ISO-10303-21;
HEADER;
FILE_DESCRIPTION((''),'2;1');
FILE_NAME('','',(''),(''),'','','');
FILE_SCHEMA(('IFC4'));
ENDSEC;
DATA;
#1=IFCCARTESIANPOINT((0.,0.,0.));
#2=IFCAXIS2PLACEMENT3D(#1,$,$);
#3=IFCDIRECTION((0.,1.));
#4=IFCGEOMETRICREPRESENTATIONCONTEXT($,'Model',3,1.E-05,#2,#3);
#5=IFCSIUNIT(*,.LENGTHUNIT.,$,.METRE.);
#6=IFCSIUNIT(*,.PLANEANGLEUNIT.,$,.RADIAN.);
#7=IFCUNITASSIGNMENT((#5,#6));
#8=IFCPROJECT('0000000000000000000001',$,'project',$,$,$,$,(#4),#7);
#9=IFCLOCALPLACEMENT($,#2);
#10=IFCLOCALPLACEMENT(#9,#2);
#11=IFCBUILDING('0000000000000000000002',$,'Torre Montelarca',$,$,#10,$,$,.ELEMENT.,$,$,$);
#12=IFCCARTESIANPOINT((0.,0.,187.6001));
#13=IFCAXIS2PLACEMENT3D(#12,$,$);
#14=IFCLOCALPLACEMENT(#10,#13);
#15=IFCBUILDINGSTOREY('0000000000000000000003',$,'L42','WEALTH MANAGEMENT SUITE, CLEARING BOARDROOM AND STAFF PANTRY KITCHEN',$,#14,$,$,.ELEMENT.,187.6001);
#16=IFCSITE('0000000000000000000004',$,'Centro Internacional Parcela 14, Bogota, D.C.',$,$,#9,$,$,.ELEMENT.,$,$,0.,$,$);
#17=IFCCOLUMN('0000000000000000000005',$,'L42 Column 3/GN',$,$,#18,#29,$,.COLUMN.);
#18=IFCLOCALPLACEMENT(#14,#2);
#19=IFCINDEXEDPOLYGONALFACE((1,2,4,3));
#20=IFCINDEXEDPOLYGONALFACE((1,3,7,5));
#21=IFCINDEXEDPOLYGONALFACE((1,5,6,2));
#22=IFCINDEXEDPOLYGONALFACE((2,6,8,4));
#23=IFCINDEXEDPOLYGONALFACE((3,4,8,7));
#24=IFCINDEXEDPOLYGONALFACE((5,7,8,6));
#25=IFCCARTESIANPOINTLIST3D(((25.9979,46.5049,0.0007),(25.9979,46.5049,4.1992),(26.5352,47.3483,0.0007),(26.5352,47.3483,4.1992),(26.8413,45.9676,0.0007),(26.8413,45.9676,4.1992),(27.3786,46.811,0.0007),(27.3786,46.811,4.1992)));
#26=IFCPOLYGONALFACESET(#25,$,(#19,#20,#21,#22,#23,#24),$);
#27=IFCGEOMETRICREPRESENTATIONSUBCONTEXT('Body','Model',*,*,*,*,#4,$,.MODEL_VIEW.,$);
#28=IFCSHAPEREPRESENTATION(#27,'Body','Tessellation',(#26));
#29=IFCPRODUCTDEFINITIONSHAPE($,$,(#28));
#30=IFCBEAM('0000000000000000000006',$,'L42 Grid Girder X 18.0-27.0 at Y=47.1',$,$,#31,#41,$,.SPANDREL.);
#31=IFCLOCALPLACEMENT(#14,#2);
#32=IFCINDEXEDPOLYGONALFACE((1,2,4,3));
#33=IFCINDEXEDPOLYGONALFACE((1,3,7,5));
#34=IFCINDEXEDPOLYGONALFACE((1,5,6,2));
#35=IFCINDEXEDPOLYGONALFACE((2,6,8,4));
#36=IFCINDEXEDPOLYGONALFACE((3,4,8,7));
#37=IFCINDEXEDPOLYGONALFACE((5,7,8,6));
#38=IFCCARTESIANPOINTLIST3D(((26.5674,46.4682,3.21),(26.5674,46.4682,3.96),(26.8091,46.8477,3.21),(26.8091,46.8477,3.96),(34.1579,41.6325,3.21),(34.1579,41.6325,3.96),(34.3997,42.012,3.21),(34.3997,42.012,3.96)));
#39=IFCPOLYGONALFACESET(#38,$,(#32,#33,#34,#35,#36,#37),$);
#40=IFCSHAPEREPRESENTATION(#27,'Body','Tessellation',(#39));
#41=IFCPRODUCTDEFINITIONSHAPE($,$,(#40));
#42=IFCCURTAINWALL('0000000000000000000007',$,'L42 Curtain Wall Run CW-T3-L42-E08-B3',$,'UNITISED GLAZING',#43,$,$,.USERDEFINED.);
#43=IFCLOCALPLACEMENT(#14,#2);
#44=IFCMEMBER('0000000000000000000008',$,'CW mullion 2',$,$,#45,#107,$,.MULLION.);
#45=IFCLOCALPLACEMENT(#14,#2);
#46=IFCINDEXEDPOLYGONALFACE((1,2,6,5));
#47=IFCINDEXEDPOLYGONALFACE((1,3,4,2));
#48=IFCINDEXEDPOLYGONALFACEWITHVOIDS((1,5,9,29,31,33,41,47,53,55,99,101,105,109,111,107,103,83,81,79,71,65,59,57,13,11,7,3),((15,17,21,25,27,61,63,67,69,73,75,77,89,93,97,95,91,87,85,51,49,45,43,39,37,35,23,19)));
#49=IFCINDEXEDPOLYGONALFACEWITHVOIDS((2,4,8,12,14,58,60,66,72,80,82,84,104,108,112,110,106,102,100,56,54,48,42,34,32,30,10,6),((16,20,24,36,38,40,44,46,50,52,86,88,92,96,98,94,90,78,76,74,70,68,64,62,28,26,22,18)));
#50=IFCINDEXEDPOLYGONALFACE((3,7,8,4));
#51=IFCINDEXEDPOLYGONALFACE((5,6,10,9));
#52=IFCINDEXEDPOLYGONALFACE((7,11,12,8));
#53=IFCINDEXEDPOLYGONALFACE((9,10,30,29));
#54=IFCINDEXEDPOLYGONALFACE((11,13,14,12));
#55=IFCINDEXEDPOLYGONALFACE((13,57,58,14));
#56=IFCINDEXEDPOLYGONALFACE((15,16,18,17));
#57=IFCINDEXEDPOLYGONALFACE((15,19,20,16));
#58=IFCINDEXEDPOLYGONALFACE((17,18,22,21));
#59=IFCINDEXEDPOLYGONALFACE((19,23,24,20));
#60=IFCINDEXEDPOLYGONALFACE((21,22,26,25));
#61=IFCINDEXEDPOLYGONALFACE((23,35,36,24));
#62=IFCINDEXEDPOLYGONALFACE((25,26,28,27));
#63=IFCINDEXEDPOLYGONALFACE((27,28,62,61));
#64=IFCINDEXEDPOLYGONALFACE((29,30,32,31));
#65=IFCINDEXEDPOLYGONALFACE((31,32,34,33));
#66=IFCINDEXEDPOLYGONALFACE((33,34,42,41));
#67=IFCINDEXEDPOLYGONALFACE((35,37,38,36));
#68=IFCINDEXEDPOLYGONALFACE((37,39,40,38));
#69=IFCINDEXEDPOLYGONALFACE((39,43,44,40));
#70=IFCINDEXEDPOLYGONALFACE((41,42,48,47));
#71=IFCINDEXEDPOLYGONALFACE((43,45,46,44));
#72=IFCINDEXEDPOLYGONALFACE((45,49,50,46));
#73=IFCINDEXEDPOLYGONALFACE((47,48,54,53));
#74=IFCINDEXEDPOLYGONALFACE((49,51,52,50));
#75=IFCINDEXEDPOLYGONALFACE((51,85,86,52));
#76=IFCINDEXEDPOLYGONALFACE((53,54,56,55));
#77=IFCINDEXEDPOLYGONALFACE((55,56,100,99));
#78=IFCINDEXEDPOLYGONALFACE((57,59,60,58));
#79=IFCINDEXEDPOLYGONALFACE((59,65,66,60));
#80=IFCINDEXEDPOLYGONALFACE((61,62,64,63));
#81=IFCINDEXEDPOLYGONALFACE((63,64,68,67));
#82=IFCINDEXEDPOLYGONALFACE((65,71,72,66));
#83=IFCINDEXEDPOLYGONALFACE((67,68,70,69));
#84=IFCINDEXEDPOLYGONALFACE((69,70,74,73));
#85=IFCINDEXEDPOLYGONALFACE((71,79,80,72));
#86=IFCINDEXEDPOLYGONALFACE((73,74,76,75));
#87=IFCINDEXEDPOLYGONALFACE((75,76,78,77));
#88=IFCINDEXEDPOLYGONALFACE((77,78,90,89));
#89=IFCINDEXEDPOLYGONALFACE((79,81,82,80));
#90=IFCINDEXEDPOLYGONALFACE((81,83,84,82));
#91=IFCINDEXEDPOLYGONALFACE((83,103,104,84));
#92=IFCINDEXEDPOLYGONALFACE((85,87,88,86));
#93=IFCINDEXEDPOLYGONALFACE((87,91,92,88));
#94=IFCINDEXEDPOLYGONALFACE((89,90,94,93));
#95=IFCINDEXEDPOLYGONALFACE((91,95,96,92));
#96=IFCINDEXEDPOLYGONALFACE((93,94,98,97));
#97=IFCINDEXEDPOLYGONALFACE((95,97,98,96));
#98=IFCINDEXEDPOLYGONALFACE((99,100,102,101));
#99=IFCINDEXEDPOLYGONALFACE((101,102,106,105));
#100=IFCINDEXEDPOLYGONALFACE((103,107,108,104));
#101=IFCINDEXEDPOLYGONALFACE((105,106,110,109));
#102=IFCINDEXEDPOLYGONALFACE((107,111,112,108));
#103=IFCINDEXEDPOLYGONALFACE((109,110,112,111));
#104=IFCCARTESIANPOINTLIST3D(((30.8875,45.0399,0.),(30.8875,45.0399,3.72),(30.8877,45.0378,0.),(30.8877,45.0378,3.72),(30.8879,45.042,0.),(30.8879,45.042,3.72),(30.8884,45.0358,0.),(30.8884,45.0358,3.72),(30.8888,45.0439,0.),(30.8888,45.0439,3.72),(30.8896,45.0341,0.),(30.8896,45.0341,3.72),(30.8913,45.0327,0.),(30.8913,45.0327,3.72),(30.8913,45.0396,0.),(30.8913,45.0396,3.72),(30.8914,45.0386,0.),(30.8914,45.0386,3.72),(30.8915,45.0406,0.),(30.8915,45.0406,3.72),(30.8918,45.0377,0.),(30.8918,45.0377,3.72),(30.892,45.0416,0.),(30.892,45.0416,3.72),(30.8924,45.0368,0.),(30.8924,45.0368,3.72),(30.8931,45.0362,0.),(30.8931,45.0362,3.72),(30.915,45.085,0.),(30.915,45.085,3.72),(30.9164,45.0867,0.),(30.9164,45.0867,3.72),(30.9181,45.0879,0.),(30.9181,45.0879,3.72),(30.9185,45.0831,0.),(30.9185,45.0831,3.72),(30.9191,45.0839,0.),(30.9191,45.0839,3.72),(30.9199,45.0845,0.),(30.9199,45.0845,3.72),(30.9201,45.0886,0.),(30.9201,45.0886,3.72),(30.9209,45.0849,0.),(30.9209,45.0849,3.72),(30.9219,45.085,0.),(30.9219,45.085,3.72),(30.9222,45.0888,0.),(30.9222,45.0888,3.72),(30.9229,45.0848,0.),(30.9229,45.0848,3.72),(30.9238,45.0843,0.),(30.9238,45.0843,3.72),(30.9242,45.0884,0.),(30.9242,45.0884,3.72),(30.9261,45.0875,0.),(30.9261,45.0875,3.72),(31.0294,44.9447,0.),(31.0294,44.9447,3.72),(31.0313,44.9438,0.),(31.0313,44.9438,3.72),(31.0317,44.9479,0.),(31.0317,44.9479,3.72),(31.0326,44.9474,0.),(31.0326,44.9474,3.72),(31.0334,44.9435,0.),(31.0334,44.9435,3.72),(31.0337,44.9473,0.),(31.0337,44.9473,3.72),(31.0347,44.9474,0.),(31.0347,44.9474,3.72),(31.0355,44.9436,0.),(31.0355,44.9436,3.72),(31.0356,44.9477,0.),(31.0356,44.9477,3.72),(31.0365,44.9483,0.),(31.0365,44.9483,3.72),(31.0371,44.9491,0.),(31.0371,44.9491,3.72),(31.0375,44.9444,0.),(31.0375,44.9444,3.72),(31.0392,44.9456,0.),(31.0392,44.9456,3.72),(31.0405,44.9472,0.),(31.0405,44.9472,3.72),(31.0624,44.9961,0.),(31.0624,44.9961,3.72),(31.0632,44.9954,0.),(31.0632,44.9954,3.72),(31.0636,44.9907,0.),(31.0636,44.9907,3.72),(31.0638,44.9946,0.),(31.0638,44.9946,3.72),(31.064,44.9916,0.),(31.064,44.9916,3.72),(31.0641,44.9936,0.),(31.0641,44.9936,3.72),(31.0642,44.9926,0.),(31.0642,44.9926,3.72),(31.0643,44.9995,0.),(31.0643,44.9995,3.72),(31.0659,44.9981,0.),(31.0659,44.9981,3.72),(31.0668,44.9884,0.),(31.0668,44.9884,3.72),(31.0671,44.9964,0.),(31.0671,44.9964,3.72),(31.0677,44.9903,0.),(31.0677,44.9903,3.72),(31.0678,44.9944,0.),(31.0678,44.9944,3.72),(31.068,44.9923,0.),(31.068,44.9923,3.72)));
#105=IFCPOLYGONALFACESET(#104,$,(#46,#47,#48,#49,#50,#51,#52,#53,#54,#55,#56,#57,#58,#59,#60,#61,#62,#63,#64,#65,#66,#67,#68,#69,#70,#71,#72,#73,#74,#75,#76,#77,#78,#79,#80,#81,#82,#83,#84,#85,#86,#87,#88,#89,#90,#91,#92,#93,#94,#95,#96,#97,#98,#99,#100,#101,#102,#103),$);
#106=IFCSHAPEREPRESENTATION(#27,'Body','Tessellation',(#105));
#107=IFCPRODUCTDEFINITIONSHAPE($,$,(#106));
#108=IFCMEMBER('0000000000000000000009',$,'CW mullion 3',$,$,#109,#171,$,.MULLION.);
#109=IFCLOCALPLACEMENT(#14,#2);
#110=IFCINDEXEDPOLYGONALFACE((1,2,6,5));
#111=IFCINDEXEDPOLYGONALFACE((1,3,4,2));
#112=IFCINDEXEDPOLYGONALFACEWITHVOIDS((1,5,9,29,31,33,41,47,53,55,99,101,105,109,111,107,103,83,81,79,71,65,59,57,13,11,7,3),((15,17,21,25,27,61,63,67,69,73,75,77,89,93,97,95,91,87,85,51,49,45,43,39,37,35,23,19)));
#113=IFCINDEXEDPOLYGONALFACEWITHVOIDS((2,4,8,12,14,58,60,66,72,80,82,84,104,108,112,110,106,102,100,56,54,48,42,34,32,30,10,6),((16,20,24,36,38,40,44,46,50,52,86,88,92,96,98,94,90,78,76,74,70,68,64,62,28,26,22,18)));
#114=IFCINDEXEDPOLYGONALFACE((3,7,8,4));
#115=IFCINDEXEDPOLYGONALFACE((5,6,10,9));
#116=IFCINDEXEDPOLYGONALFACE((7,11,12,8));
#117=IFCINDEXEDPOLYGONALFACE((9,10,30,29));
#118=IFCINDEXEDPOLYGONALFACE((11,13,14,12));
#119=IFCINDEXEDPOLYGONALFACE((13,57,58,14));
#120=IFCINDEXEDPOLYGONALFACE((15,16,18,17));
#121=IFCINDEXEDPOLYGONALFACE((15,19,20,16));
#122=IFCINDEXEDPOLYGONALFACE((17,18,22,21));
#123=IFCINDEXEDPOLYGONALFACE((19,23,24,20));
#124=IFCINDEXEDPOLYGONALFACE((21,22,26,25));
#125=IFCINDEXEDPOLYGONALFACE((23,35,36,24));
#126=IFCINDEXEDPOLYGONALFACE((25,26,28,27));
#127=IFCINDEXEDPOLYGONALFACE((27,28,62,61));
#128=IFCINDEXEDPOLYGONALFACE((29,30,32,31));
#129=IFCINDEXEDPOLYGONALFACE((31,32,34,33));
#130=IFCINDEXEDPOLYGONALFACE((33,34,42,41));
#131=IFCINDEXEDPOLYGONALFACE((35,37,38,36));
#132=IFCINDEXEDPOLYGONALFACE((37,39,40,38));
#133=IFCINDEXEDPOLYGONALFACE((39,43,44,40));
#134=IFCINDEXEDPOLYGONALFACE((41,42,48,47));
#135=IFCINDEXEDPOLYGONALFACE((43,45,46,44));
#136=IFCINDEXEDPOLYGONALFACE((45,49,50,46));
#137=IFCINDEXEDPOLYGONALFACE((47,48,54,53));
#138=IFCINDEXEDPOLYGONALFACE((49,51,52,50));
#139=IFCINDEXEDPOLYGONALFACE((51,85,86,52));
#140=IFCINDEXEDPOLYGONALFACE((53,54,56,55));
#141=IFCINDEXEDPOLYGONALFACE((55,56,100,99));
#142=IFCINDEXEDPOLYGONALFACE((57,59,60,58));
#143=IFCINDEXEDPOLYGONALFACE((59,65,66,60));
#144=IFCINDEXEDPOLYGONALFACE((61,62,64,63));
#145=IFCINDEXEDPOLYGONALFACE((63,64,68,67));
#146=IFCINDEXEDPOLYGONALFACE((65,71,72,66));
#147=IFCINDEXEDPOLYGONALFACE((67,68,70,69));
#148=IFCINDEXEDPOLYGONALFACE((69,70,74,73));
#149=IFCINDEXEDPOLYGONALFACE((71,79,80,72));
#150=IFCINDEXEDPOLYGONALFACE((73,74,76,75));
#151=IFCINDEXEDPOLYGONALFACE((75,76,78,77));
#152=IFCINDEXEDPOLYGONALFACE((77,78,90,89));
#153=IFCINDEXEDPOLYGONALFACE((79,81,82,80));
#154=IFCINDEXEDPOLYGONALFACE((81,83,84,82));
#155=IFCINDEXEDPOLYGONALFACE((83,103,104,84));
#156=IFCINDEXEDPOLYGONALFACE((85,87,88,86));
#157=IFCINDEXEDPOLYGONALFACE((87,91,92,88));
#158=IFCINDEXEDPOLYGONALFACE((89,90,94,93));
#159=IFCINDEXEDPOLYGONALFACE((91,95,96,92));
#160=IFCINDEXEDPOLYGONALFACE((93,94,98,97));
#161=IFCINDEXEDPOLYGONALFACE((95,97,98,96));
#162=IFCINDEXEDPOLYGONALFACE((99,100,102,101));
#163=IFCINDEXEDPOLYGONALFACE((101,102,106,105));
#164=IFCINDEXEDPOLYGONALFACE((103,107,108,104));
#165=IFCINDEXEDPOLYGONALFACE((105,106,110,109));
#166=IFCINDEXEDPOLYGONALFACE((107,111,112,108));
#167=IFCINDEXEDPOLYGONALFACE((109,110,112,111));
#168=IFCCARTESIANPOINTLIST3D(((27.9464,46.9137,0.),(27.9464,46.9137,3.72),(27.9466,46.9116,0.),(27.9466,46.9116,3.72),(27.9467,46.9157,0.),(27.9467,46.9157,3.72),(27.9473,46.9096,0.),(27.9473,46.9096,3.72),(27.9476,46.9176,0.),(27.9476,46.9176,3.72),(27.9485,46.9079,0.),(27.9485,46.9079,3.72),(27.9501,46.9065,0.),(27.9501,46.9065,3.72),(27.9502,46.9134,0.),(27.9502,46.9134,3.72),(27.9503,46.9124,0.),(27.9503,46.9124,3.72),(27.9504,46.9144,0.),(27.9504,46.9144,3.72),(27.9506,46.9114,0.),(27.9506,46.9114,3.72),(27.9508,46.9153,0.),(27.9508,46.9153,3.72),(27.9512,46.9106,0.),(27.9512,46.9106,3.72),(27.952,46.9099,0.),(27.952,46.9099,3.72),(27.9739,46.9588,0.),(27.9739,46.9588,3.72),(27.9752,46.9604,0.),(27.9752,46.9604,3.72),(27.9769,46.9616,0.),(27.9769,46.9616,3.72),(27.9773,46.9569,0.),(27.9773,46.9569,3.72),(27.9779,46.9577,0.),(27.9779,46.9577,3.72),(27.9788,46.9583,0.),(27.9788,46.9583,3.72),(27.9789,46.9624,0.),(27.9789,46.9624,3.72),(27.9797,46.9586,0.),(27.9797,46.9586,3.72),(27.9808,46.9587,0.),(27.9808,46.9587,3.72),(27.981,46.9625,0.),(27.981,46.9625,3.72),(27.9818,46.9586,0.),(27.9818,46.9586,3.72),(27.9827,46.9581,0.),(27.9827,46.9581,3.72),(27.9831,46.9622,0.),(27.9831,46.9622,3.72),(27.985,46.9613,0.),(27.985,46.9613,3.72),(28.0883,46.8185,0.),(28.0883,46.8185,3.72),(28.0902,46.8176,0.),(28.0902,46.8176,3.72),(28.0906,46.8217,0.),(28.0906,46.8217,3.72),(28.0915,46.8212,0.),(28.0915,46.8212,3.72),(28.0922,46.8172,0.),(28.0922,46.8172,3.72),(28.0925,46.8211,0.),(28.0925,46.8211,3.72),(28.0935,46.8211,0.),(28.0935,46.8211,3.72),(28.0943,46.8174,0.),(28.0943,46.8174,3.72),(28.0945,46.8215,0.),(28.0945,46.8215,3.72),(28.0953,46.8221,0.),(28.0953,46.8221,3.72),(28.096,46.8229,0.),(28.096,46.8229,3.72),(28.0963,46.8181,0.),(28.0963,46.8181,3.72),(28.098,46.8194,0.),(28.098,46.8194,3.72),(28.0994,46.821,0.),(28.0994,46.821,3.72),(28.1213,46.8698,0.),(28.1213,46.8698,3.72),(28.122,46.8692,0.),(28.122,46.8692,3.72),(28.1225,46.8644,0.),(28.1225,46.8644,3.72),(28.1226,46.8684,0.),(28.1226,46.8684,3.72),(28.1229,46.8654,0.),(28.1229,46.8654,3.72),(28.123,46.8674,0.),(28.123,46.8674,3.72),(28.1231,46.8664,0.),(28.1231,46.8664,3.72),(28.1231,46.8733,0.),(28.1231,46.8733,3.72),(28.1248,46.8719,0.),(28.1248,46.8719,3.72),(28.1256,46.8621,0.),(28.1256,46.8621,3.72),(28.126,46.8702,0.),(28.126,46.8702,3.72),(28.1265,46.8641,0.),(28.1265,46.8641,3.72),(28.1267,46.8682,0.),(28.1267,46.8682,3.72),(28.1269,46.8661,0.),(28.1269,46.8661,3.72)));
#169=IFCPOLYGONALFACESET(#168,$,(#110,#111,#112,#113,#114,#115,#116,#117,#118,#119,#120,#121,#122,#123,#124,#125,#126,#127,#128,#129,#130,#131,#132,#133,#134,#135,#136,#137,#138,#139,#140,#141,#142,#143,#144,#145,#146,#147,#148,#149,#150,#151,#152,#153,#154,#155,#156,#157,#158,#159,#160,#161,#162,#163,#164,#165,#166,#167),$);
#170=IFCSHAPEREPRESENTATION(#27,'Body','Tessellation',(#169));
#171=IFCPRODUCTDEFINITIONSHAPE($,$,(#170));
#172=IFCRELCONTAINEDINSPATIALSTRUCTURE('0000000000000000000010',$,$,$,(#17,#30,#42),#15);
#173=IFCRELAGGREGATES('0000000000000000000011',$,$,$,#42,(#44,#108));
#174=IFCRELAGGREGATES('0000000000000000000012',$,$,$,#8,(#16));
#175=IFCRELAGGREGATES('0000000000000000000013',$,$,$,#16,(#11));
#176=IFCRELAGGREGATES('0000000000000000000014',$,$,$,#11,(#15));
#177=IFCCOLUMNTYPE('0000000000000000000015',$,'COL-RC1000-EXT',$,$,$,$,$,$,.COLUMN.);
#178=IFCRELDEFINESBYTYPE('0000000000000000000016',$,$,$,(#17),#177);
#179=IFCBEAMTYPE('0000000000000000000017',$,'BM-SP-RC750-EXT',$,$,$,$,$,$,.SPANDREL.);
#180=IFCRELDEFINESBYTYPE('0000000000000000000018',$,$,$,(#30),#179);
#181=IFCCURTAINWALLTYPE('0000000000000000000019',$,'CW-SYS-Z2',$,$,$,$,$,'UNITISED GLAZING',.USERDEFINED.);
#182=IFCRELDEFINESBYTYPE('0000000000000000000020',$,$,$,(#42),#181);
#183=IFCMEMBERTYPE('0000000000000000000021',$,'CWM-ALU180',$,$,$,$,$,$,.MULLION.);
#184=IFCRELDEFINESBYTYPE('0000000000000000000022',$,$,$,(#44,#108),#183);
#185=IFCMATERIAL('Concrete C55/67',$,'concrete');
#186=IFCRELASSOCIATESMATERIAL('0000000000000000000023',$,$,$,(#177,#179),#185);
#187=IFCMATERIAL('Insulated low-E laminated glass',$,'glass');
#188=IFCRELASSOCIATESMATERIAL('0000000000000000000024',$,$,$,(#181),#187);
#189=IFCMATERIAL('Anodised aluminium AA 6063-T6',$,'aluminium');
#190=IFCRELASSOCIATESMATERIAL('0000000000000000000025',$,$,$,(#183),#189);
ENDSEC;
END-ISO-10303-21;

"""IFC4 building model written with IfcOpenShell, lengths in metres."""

from ifc_helpers import new_model, si_unit, direction, frame, origin, origin_2d, place, context, subcontext, project, spatial, rectangle, hollow_rectangle, extrude, source, transform, mapped, material, material_profile, profile_set, type_object, element, aggregate, save


model = new_model("IFC4")

# Units and contexts
model_context = context("Model", 3, precision=1e-05, world=origin(), true_north=direction((0.0, 1.0)))
body_context = subcontext(model_context, "Body", "Model", "MODEL_VIEW")
ifc_project = project(units=[si_unit("LENGTHUNIT", "METRE"), si_unit("PLANEANGLEUNIT", "RADIAN")], contexts=[model_context])

# Site, building, storey
site_placement = place(None, origin())
site = spatial("IfcSite", under=ifc_project, at=site_placement, Name="Centro Internacional Parcela 14, Bogota, D.C.", CompositionType="ELEMENT", RefElevation=0.0)
building_placement = place(site_placement, origin())
building = spatial("IfcBuilding", under=site, at=building_placement, Name="Torre Montelarca", CompositionType="ELEMENT")
storey_placement = place(building_placement, frame((0.0, 0.0, 187.6001)))
storey = spatial("IfcBuildingStorey", under=building, at=storey_placement, Name="L42", Description="WEALTH MANAGEMENT SUITE, CLEARING BOARDROOM AND STAFF PANTRY KITCHEN", CompositionType="ELEMENT", Elevation=187.6001)

# Column
ifc_material_1 = material(Name="Concrete C55/67", Category="concrete")
ifc_material_profile_1 = material_profile(ifc_material_1, rectangle(XDim=1.0, YDim=1.0, at=origin_2d()), Name="RC1000X1000", Category="concrete")
ifc_profile_set_1 = profile_set([ifc_material_profile_1], Name="Concrete C55/67")
column_type = type_object("IfcColumnType", Name="COL-RC1000-EXT", PredefinedType="COLUMN", material=ifc_profile_set_1)
shared_shape_1 = source(origin(), body_context, "Body", "SweptSolid", [
    extrude(rectangle(XDim=1.0, YDim=1.0, at=origin_2d()), origin(), (0.0, 0.0, 1.0), 4.1985),
])
column_placement = place(storey_placement, frame((26.6882, 46.658, 0.0007), z_axis=(0.0, 0.0, 1.0), x_axis=(-0.843391, 0.5373, 0.0)))
element("IfcColumn", 1, at=column_placement, inside=storey, type_object=column_type, Name="L42 Column 3/GN", PredefinedType="COLUMN", context=body_context, shape_type="MappedRepresentation", body=[
    mapped(shared_shape_1, transform((0.0, 0.0, 0.0), scale=1.0)),
])

# Beam
ifc_material_profile_2 = material_profile(ifc_material_1, rectangle(XDim=0.45, YDim=0.75, at=origin_2d()), Name="RCB450X750", Category="concrete")
ifc_profile_set_2 = profile_set([ifc_material_profile_2], Name="Concrete C55/67")
beam_type = type_object("IfcBeamType", Name="BM-SP-RC750-EXT", PredefinedType="SPANDREL", material=ifc_profile_set_2)
shared_shape_2 = source(origin(), body_context, "Body", "SweptSolid", [
    extrude(rectangle(XDim=0.45, YDim=0.75, at=origin_2d()), origin(), (0.0, 0.0, 1.0), 9.0),
])
beam_placement = place(storey_placement, frame((26.6882, 46.658, 3.585), z_axis=(0.843393, -0.537297, 0.0), x_axis=(0.537297, 0.843393, 0.0)))
element("IfcBeam", 2, at=beam_placement, inside=storey, type_object=beam_type, Name="L42 Grid Girder X 18.0-27.0 at Y=47.1", PredefinedType="SPANDREL", context=body_context, shape_type="MappedRepresentation", body=[
    mapped(shared_shape_2, transform((0.0, 0.0, 0.0), scale=1.0)),
])

# Curtain wall, members
ifc_material_2 = material(Name="Insulated low-E laminated glass", Category="glass")
curtain_wall_type = type_object("IfcCurtainWallType", Name="CW-SYS-Z2", ElementType="UNITISED GLAZING", PredefinedType="USERDEFINED", material=ifc_material_2)
curtain_wall_1_placement = place(storey_placement, origin())
curtain_wall_1 = element("IfcCurtainWall", 3, at=curtain_wall_1_placement, inside=storey, type_object=curtain_wall_type, Name="L42 Curtain Wall Run CW-T3-L42-E08-B3", ObjectType="UNITISED GLAZING", PredefinedType="USERDEFINED")
ifc_material_3 = material(Name="Anodised aluminium AA 6063-T6", Category="aluminium")
ifc_material_profile_3 = material_profile(ifc_material_3, hollow_rectangle(XDim=0.0649, YDim=0.1799, WallThickness=0.0039, InnerFilletRadius=0.0039, OuterFilletRadius=0.0081, at=origin_2d()), Name="ALU65X180X4", Category="aluminium")
ifc_profile_set_3 = profile_set([ifc_material_profile_3], Name="Anodised aluminium AA 6063-T6")
member_type_1 = type_object("IfcMemberType", Name="CWM-ALU180", PredefinedType="MULLION", material=ifc_profile_set_3)
shared_shape_3 = source(origin(), body_context, "Body", "SweptSolid", [
    extrude(hollow_rectangle(XDim=0.0649, YDim=0.1799, WallThickness=0.0039, InnerFilletRadius=0.0039, OuterFilletRadius=0.0081, at=origin_2d()), origin(), (0.0, 0.0, 1.0), 3.72),
])
member_1_placement = place(storey_placement, frame((30.9778, 45.0161, 0.0), z_axis=(0.0, 0.0, 1.0), x_axis=(-0.537306, -0.843388, 0.0)))
member_1 = element("IfcMember", 4, at=member_1_placement, type_object=member_type_1, Name="CW mullion 2", PredefinedType="MULLION", context=body_context, shape_type="MappedRepresentation", body=[
    mapped(shared_shape_3, transform((0.0, 0.0, 0.0), scale=1.0)),
])
member_2_placement = place(storey_placement, frame((28.0366, 46.8899, 0.0), z_axis=(0.0, 0.0, 1.0), x_axis=(-0.537306, -0.843388, 0.0)))
member_2 = element("IfcMember", 5, at=member_2_placement, type_object=member_type_1, Name="CW mullion 3", PredefinedType="MULLION", context=body_context, shape_type="MappedRepresentation", body=[
    mapped(shared_shape_3, transform((0.0, 0.0, 0.0), scale=1.0)),
])

aggregate(curtain_wall_1, [member_1, member_2])

save(model, "model.ifc")
